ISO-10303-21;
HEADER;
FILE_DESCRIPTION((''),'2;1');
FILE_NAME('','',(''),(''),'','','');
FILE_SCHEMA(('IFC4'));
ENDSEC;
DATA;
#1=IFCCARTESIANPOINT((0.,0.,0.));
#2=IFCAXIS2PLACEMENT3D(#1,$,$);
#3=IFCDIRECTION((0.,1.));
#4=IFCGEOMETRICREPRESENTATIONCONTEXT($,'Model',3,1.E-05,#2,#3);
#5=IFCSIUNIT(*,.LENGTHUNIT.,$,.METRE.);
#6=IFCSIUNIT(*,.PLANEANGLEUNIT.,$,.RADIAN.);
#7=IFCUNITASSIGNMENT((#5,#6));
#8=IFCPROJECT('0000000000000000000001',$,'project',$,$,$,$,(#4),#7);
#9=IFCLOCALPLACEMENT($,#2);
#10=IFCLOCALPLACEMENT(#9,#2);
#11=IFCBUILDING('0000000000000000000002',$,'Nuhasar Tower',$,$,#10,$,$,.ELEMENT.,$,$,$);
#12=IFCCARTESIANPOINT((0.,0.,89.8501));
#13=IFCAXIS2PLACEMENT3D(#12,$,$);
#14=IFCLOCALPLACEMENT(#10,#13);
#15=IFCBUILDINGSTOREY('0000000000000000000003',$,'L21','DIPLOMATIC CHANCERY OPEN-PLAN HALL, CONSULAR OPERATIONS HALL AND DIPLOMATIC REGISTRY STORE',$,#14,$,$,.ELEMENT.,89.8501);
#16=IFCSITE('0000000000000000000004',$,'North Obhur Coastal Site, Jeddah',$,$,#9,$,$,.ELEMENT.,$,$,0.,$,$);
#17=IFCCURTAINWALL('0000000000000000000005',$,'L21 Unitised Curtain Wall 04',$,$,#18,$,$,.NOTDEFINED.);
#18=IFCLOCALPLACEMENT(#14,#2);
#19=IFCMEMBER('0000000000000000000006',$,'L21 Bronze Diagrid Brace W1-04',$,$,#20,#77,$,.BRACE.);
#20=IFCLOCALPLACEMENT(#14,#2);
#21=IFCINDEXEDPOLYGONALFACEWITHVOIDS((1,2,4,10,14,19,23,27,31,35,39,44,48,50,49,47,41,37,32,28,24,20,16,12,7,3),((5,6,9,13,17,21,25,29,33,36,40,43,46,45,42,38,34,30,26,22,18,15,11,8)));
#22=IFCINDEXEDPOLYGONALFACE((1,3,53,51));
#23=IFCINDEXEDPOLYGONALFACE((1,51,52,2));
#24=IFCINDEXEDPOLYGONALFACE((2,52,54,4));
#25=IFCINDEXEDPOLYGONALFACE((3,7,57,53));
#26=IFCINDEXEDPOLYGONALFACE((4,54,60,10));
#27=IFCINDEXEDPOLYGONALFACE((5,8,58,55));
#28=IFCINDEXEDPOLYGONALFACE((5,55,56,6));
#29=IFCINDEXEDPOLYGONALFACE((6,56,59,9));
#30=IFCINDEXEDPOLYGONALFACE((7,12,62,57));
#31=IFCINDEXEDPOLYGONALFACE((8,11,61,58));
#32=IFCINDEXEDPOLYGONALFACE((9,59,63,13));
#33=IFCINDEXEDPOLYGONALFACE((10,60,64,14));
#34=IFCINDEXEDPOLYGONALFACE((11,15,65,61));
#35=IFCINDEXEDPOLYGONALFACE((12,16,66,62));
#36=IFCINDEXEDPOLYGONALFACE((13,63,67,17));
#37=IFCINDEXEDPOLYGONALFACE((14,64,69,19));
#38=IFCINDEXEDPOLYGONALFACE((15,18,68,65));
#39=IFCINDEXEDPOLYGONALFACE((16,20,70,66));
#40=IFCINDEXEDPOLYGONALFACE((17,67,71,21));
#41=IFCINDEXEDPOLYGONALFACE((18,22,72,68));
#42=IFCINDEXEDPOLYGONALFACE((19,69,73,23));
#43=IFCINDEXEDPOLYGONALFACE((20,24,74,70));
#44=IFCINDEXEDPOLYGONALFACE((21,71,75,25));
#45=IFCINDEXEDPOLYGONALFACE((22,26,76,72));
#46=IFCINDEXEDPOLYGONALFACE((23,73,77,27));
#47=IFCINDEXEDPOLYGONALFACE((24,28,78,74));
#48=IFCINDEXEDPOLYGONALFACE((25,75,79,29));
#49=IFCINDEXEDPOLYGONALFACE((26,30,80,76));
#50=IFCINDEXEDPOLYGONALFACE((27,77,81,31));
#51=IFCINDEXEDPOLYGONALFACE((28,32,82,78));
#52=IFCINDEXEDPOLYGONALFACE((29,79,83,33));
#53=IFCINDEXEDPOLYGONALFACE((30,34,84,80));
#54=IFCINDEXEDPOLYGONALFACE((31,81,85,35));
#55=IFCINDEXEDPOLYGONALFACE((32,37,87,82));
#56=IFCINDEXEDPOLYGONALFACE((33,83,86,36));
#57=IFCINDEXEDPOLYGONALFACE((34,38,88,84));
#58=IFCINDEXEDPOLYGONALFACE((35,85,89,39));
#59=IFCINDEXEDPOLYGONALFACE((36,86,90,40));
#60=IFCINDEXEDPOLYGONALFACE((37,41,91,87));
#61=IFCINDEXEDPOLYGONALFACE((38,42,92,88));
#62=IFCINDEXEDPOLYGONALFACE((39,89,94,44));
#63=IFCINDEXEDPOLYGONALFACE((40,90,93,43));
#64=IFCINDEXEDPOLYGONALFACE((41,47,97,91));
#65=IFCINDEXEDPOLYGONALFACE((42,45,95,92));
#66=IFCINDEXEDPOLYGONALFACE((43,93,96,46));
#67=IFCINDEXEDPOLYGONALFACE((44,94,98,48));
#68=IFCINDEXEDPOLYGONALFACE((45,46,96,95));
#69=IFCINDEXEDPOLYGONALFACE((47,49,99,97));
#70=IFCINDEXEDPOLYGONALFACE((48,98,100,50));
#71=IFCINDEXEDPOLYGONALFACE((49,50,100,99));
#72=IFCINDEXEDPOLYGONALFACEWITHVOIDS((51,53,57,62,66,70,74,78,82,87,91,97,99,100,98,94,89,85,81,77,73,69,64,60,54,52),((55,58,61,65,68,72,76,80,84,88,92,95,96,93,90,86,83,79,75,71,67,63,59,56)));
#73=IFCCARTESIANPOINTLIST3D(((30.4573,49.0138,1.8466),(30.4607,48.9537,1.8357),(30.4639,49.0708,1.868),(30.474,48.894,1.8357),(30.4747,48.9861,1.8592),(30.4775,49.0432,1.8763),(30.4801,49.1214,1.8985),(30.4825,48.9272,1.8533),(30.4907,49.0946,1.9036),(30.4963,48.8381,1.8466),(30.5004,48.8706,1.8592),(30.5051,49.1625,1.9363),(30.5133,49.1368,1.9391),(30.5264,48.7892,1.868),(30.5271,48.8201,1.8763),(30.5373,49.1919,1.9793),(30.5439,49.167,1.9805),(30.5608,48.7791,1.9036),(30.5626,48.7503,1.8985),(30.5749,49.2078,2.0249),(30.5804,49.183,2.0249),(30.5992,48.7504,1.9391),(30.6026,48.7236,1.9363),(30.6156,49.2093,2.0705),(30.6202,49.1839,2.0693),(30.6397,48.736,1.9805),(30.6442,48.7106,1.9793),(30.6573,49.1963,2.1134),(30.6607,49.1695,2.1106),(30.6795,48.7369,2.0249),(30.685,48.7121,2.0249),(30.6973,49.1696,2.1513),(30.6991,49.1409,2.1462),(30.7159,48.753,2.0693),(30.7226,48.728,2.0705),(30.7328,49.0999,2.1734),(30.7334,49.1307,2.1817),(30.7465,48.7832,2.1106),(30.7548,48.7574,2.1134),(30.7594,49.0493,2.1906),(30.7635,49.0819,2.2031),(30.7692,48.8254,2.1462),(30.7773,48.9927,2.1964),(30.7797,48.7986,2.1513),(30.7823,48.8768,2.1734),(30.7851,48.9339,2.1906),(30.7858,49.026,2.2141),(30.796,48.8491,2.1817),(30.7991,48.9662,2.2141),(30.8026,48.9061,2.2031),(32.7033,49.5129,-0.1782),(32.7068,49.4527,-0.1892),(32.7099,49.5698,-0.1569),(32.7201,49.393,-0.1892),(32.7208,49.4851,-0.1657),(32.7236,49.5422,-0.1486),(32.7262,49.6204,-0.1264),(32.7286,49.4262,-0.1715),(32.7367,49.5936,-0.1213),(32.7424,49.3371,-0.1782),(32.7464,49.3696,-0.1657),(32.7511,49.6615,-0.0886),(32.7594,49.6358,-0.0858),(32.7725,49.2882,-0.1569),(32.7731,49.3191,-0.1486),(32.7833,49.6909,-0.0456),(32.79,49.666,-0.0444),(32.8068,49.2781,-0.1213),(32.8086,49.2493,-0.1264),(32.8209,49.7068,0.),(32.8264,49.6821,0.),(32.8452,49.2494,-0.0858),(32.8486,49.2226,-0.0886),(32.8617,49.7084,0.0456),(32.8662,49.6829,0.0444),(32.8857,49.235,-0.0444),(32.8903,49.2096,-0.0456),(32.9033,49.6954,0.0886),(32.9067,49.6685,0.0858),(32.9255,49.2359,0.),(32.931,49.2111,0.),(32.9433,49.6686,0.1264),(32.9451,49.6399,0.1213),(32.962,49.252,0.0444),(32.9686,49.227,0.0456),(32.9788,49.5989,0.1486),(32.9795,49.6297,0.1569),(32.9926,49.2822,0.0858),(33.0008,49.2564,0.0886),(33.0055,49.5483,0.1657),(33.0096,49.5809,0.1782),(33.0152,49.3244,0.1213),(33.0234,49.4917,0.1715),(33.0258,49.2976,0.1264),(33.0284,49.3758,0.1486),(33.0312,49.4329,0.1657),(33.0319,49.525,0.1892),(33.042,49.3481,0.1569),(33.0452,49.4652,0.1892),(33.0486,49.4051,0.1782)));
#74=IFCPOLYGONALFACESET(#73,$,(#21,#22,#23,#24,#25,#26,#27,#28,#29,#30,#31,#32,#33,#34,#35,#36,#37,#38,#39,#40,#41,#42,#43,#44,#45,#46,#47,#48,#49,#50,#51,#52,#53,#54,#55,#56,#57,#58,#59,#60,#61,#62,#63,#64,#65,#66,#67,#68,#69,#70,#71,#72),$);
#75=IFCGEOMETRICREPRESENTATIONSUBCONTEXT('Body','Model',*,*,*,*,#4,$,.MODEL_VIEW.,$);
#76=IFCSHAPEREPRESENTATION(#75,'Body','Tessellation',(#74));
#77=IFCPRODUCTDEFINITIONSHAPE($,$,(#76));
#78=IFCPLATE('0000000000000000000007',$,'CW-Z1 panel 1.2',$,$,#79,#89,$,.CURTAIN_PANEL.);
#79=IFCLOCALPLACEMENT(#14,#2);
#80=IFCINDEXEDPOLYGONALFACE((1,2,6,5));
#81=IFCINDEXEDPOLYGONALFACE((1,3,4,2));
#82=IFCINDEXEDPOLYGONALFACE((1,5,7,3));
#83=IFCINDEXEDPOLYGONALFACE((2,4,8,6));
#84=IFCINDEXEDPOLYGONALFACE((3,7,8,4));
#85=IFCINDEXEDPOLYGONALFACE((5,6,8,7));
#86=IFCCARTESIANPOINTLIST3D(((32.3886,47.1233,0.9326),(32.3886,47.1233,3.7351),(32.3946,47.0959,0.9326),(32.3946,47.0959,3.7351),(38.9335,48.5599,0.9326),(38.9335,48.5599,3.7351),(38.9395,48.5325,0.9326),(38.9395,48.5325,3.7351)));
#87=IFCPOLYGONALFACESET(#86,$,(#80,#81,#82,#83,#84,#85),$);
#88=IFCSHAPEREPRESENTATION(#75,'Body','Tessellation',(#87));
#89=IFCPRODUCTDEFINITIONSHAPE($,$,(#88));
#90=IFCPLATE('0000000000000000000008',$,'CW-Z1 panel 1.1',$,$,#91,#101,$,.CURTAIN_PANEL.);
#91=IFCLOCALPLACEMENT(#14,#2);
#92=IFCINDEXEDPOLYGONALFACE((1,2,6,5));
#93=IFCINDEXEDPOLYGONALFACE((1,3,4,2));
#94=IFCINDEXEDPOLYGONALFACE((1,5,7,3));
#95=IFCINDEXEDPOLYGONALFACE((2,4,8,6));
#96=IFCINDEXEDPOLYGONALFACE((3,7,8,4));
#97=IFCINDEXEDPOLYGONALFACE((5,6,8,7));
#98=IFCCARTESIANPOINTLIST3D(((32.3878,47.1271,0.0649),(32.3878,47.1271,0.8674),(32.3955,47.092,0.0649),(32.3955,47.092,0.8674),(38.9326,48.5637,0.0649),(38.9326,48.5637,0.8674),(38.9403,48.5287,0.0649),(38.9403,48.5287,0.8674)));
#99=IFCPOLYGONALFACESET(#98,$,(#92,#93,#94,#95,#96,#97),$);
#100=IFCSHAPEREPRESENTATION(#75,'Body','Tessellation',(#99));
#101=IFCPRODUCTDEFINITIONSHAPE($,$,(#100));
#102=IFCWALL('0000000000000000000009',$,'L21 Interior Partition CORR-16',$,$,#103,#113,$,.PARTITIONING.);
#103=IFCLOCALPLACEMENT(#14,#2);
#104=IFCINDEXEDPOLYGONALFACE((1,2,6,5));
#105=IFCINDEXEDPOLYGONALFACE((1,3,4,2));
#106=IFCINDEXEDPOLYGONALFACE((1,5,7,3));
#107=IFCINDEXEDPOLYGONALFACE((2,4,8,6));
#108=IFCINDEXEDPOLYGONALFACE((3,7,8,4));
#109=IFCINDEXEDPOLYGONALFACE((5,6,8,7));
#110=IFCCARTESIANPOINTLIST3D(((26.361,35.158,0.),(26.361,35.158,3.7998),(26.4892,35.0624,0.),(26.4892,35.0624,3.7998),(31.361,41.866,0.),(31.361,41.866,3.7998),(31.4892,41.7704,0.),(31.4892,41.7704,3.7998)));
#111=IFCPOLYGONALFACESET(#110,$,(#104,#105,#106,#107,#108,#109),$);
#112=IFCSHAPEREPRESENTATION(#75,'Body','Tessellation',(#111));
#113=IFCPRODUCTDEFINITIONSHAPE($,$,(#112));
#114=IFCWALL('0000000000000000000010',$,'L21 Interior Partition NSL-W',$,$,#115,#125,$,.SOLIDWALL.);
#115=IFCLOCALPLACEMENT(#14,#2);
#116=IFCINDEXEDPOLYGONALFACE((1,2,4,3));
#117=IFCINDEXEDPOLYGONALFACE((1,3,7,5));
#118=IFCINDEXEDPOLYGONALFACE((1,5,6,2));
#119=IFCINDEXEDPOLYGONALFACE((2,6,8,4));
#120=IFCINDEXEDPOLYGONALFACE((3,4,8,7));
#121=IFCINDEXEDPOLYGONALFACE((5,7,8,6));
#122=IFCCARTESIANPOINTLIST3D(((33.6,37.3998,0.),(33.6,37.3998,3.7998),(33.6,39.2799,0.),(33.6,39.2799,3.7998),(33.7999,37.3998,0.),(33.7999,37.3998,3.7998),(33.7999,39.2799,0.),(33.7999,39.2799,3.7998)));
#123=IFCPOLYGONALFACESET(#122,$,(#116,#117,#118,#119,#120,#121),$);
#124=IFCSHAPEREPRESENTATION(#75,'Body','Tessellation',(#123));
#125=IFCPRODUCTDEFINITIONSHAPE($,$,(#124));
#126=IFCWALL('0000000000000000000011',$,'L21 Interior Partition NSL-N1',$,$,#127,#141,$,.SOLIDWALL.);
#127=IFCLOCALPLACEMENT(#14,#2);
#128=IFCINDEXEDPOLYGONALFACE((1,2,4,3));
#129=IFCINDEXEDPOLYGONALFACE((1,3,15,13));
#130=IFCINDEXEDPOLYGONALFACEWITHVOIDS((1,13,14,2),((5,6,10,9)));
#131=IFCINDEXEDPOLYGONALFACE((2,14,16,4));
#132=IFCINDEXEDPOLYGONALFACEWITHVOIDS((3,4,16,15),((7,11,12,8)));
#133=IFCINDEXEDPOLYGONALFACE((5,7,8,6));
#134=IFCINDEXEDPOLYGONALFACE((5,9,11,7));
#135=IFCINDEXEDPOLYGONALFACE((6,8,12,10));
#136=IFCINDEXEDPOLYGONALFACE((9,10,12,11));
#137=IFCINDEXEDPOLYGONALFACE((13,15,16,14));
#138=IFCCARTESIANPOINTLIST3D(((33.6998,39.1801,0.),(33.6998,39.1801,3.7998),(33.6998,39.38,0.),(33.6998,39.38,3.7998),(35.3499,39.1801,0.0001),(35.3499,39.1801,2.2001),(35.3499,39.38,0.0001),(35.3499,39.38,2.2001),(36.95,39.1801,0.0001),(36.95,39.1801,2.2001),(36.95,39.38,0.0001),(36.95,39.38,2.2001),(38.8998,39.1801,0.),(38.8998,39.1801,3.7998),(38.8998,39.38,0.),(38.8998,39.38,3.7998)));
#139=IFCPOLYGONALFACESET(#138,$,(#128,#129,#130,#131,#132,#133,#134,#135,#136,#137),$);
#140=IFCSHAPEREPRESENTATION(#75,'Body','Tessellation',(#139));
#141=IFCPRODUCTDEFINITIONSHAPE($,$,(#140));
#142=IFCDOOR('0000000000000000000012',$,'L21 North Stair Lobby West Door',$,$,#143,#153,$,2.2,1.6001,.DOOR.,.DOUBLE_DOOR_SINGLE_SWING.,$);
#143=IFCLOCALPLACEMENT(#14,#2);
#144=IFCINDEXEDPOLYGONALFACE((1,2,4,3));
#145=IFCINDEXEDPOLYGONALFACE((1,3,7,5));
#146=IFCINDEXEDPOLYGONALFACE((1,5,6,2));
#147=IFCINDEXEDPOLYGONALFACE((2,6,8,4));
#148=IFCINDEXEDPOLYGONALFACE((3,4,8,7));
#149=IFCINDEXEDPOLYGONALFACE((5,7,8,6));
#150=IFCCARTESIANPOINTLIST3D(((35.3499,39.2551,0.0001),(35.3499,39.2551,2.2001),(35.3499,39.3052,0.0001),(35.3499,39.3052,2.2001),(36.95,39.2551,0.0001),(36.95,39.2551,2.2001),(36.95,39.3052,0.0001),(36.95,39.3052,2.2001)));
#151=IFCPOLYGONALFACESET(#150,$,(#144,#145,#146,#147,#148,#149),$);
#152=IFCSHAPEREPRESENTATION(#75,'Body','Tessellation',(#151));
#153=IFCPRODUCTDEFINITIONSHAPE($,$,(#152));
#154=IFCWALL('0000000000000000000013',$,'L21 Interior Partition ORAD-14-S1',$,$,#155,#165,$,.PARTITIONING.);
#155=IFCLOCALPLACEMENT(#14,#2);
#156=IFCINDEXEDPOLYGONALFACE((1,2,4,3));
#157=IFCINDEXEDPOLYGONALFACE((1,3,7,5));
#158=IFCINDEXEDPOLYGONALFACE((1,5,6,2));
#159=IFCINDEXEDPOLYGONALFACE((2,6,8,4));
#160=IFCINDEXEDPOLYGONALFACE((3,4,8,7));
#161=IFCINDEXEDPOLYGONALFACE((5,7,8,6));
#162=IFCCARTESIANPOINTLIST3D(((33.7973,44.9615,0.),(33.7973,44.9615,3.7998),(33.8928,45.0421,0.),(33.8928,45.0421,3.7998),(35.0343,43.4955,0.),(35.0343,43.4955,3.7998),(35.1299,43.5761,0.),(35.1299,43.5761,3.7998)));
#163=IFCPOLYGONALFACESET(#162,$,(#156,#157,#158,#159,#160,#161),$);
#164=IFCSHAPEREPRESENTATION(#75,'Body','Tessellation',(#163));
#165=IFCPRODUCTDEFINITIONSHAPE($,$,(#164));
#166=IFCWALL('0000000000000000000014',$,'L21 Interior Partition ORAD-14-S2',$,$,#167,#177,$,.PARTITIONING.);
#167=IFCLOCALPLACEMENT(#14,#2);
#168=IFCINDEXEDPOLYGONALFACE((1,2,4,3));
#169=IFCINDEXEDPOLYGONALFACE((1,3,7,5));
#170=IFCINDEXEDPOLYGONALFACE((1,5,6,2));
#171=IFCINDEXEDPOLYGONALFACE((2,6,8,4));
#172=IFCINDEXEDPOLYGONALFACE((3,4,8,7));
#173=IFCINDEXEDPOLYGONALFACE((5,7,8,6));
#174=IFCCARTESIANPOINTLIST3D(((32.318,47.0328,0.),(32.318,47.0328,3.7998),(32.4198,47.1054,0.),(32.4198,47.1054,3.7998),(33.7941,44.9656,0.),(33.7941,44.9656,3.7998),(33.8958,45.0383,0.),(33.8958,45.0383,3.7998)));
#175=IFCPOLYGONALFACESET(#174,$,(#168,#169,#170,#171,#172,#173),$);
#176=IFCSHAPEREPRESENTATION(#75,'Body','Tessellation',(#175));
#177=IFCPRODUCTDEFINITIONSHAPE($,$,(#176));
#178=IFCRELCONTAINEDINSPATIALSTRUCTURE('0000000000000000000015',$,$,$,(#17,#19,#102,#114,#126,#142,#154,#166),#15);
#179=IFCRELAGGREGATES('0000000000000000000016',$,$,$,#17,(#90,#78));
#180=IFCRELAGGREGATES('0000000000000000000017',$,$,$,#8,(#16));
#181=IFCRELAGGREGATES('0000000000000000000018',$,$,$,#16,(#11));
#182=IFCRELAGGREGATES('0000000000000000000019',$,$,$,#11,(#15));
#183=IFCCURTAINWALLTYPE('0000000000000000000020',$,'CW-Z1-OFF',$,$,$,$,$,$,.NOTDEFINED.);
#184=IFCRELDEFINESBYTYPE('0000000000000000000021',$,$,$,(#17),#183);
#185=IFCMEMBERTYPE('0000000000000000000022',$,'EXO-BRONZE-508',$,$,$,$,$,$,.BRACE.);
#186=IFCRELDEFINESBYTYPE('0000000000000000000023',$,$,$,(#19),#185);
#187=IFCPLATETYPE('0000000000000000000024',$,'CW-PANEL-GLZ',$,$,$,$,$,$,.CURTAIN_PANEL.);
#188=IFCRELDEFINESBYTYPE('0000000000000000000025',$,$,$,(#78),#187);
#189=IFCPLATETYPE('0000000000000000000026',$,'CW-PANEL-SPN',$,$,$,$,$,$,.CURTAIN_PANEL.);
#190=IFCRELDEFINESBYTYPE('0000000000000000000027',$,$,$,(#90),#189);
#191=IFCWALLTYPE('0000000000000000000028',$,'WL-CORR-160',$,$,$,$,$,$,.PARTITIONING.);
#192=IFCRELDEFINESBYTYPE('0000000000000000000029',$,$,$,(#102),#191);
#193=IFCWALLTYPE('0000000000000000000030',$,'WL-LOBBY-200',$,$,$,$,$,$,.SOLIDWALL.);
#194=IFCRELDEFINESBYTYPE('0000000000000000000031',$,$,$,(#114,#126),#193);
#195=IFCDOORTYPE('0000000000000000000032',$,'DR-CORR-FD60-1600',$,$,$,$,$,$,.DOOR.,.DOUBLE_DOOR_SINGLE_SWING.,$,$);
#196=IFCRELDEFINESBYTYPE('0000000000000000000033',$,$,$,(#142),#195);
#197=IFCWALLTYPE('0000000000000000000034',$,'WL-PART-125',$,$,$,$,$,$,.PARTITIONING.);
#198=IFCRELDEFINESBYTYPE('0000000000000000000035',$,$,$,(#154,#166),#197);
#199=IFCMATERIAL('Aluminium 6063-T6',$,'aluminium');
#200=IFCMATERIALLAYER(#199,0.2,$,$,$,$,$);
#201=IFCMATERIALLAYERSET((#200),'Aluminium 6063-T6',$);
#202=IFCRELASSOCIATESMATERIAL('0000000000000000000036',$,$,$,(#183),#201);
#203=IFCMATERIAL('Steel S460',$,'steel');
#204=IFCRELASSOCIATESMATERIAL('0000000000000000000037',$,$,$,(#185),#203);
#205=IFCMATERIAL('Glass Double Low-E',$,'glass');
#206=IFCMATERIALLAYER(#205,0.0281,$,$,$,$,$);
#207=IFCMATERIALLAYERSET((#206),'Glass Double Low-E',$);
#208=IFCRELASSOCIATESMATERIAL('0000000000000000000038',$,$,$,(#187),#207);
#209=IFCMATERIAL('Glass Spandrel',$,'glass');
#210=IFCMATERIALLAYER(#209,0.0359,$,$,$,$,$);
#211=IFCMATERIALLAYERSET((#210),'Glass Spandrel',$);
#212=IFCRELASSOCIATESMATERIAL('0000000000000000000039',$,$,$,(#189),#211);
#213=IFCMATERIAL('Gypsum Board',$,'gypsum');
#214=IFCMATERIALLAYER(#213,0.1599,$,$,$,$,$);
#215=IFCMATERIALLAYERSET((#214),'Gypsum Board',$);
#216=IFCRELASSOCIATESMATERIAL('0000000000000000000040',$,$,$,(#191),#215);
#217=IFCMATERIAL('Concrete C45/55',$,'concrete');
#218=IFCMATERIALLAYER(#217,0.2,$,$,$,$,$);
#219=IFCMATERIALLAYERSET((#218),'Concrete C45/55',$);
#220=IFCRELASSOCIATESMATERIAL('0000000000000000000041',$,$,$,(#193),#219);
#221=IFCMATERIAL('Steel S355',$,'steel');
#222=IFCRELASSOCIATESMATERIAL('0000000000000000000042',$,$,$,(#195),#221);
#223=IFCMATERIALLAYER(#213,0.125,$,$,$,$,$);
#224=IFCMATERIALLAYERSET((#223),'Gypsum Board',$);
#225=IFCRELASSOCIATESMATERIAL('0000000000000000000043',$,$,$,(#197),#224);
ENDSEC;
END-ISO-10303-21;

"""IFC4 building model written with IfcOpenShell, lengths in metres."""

from ifc_helpers import new_model, si_unit, direction, frame, frame_2d, origin, origin_2d, place, context, subcontext, project, spatial, rectangle, hollow_circle, extrude, material, layer, layer_set, material_profile, profile_set, type_object, element, fill, aggregate, save


model = new_model("IFC4")

# Units and contexts
model_context = context("Model", 3, precision=1e-05, world=origin(), true_north=direction((0.0, 1.0)))
body_context = subcontext(model_context, "Body", "Model", "MODEL_VIEW")
ifc_project = project(units=[si_unit("LENGTHUNIT", "METRE"), si_unit("PLANEANGLEUNIT", "RADIAN")], contexts=[model_context])

# Site, building, storey
site_placement = place(None, origin())
site = spatial("IfcSite", under=ifc_project, at=site_placement, Name="North Obhur Coastal Site, Jeddah", CompositionType="ELEMENT", RefElevation=0.0)
building_placement = place(site_placement, origin())
building = spatial("IfcBuilding", under=site, at=building_placement, Name="Nuhasar Tower", CompositionType="ELEMENT")
storey_placement = place(building_placement, frame((0.0, 0.0, 89.8501)))
storey = spatial("IfcBuildingStorey", under=building, at=storey_placement, Name="L21", Description="DIPLOMATIC CHANCERY OPEN-PLAN HALL, CONSULAR OPERATIONS HALL AND DIPLOMATIC REGISTRY STORE", CompositionType="ELEMENT", Elevation=89.8501)

# Shared definitions
ifc_material_1 = material(Name="Steel S355", Category="steel")

# Curtain wall
ifc_material_2 = material(Name="Aluminium 6063-T6", Category="aluminium")
ifc_layer_1 = layer(ifc_material_2, 0.2)
ifc_layer_set_1 = layer_set([ifc_layer_1], Name="Aluminium 6063-T6")
curtain_wall_type = type_object("IfcCurtainWallType", Name="CW-Z1-OFF", PredefinedType="NOTDEFINED", material=ifc_layer_set_1)
curtain_wall_placement = place(storey_placement, origin())
curtain_wall = element("IfcCurtainWall", 1, at=curtain_wall_placement, inside=storey, type_object=curtain_wall_type, Name="L21 Unitised Curtain Wall 04", PredefinedType="NOTDEFINED")

# Member
ifc_material_3 = material(Name="Steel S460", Category="steel")
ifc_material_profile_1 = material_profile(ifc_material_3, hollow_circle(Radius=0.2539, WallThickness=0.0254, at=origin_2d()), Name="HSS508X25.4")
ifc_profile_set_1 = profile_set([ifc_material_profile_1], Name="Steel S460")
member_type_1 = type_object("IfcMemberType", Name="EXO-BRONZE-508", PredefinedType="BRACE", material=ifc_profile_set_1)
member_1_placement = place(storey_placement, frame((32.876, 49.459, 0.0), z_axis=(-0.732821, -0.162814, 0.660654), x_axis=(0.216886, -0.976197, 0.0)))
element("IfcMember", 2, at=member_1_placement, inside=storey, type_object=member_type_1, Name="L21 Bronze Diagrid Brace W1-04", PredefinedType="BRACE", context=body_context, shape_type="SweptSolid", body=[
    extrude(hollow_circle(Radius=0.2539, WallThickness=0.0254, at=origin_2d()), origin(), (0.0, 0.0, 1.0), 3.0649),
])

# Plates
ifc_material_4 = material(Name="Glass Double Low-E", Category="glass")
ifc_layer_2 = layer(ifc_material_4, 0.0281)
ifc_layer_set_2 = layer_set([ifc_layer_2], Name="Glass Double Low-E")
plate_type_1 = type_object("IfcPlateType", Name="CW-PANEL-GLZ", PredefinedType="CURTAIN_PANEL", material=ifc_layer_set_2)
plate_1_placement = place(storey_placement, frame((35.6641, 47.8279, 0.9326), z_axis=(0.0, 0.0, 1.0), x_axis=(-0.976746, -0.214399, 0.0)))
plate_1 = element("IfcPlate", 3, at=plate_1_placement, type_object=plate_type_1, Name="CW-Z1 panel 1.2", PredefinedType="CURTAIN_PANEL", context=body_context, shape_type="SweptSolid", body=[
    extrude(rectangle(XDim=6.7007, YDim=0.0281, at=origin_2d()), origin(), (0.0, 0.0, 1.0), 2.8025),
])
ifc_material_5 = material(Name="Glass Spandrel", Category="glass")
ifc_layer_3 = layer(ifc_material_5, 0.0359)
ifc_layer_set_3 = layer_set([ifc_layer_3], Name="Glass Spandrel")
plate_type_2 = type_object("IfcPlateType", Name="CW-PANEL-SPN", PredefinedType="CURTAIN_PANEL", material=ifc_layer_set_3)
plate_2_placement = place(storey_placement, frame((35.6641, 47.8279, 0.0649), z_axis=(0.0, 0.0, 1.0), x_axis=(-0.976746, -0.214399, 0.0)))
plate_2 = element("IfcPlate", 4, at=plate_2_placement, type_object=plate_type_2, Name="CW-Z1 panel 1.1", PredefinedType="CURTAIN_PANEL", context=body_context, shape_type="SweptSolid", body=[
    extrude(rectangle(XDim=6.7007, YDim=0.0359, at=origin_2d()), origin(), (0.0, 0.0, 1.0), 0.8025),
])
aggregate(curtain_wall, [plate_2, plate_1])

# Shared definitions
ifc_material_6 = material(Name="Gypsum Board", Category="gypsum")
ifc_layer_4 = layer(ifc_material_6, 0.1599)
ifc_layer_set_4 = layer_set([ifc_layer_4], Name="Gypsum Board")
wall_type_1 = type_object("IfcWallType", Name="WL-CORR-160", PredefinedType="PARTITIONING", material=ifc_layer_set_4)

# Walls
wall_1_placement = place(storey_placement, frame((31.425, 41.8181, 0.0), z_axis=(0.0, 0.0, 1.0), x_axis=(-0.597626, -0.801775, 0.0)))
element("IfcWall", 5, at=wall_1_placement, inside=storey, type_object=wall_type_1, Name="L21 Interior Partition CORR-16", PredefinedType="PARTITIONING", context=body_context, shape_type="SweptSolid", body=[
    extrude(rectangle(XDim=8.3665, YDim=0.1599, at=frame_2d((4.1831, 0.0))), origin(), (0.0, 0.0, 1.0), 3.7998),
])
ifc_material_7 = material(Name="Concrete C45/55", Category="concrete")
ifc_layer_5 = layer(ifc_material_7, 0.2)
ifc_layer_set_5 = layer_set([ifc_layer_5], Name="Concrete C45/55")
wall_type_2 = type_object("IfcWallType", Name="WL-LOBBY-200", PredefinedType="SOLIDWALL", material=ifc_layer_set_5)
wall_2_placement = place(storey_placement, frame((33.7, 37.3999, 0.0), z_axis=(0.0, 0.0, 1.0), x_axis=(0.0, 1.0, 0.0)))
element("IfcWall", 6, at=wall_2_placement, inside=storey, type_object=wall_type_2, Name="L21 Interior Partition NSL-W", PredefinedType="SOLIDWALL", context=body_context, shape_type="SweptSolid", body=[
    extrude(rectangle(XDim=1.8801, YDim=0.2, at=frame_2d((0.9399, 0.0))), origin(), (0.0, 0.0, 1.0), 3.7998),
])

# Wall, opening, door
wall_3_placement = place(storey_placement, frame((38.8999, 39.28, 0.0), z_axis=(0.0, 0.0, 1.0), x_axis=(-1.0, 0.0, 0.0)))
wall_3 = element("IfcWall", 7, at=wall_3_placement, inside=storey, type_object=wall_type_2, Name="L21 Interior Partition NSL-N1", PredefinedType="SOLIDWALL", context=body_context, shape_type="SweptSolid", body=[
    extrude(rectangle(XDim=5.2, YDim=0.2, at=frame_2d((2.6001, 0.0))), origin(), (0.0, 0.0, 1.0), 3.7998),
])
opening_1_placement = place(wall_3_placement, frame((1.95, 0.0, 0.0)))
opening_1 = element("IfcOpeningElement", 8, at=opening_1_placement, cuts=wall_3, PredefinedType="OPENING", context=body_context, shape_type="SweptSolid", body=[
    extrude(rectangle(XDim=1.6001, YDim=2.2, at=frame_2d((0.8, 1.1001))), frame((0.0, 0.1099, 0.0), z_axis=(0.0, -1.0, 0.0), x_axis=(1.0, 0.0, 0.0)), (0.0, 0.0, 1.0), 0.22),
])
door_type_1 = type_object("IfcDoorType", Name="DR-CORR-FD60-1600", OperationType="DOUBLE_DOOR_SINGLE_SWING", PredefinedType="DOOR", material=ifc_material_1)
door_1_placement = place(opening_1_placement, origin())
door_1 = element("IfcDoor", 9, at=door_1_placement, inside=storey, type_object=door_type_1, Name="L21 North Stair Lobby West Door", OperationType="DOUBLE_DOOR_SINGLE_SWING", OverallHeight=2.2, OverallWidth=1.6001, PredefinedType="DOOR", context=body_context, shape_type="SweptSolid", body=[
    extrude(rectangle(XDim=1.6001, YDim=2.2, at=frame_2d((0.8, 1.1001))), frame((0.0, 0.0249, 0.0), z_axis=(0.0, -1.0, 0.0), x_axis=(1.0, 0.0, 0.0)), (0.0, 0.0, 1.0), 0.05),
])
fill(opening_1, door_1)

# Walls
ifc_layer_6 = layer(ifc_material_6, 0.125)
ifc_layer_set_6 = layer_set([ifc_layer_6], Name="Gypsum Board")
wall_type_3 = type_object("IfcWallType", Name="WL-PART-125", PredefinedType="PARTITIONING", material=ifc_layer_set_6)
wall_4_placement = place(storey_placement, frame((35.082, 43.5359, 0.0), z_axis=(0.0, 0.0, 1.0), x_axis=(-0.644892, 0.764274, 0.0)))
element("IfcWall", 10, at=wall_4_placement, inside=storey, type_object=wall_type_3, Name="L21 Interior Partition ORAD-14-S1", PredefinedType="PARTITIONING", context=body_context, shape_type="SweptSolid", body=[
    extrude(rectangle(XDim=1.9182, YDim=0.125, at=frame_2d((0.959, 0.0))), origin(), (0.0, 0.0, 1.0), 3.7998),
])
wall_5_placement = place(storey_placement, frame((33.845, 45.002, 0.0), z_axis=(0.0, 0.0, 1.0), x_axis=(-0.58112, 0.813818, 0.0)))
element("IfcWall", 11, at=wall_5_placement, inside=storey, type_object=wall_type_3, Name="L21 Interior Partition ORAD-14-S2", PredefinedType="PARTITIONING", context=body_context, shape_type="SweptSolid", body=[
    extrude(rectangle(XDim=2.54, YDim=0.125, at=frame_2d((1.27, 0.0))), origin(), (0.0, 0.0, 1.0), 3.7998),
])

save(model, "model.ifc")
